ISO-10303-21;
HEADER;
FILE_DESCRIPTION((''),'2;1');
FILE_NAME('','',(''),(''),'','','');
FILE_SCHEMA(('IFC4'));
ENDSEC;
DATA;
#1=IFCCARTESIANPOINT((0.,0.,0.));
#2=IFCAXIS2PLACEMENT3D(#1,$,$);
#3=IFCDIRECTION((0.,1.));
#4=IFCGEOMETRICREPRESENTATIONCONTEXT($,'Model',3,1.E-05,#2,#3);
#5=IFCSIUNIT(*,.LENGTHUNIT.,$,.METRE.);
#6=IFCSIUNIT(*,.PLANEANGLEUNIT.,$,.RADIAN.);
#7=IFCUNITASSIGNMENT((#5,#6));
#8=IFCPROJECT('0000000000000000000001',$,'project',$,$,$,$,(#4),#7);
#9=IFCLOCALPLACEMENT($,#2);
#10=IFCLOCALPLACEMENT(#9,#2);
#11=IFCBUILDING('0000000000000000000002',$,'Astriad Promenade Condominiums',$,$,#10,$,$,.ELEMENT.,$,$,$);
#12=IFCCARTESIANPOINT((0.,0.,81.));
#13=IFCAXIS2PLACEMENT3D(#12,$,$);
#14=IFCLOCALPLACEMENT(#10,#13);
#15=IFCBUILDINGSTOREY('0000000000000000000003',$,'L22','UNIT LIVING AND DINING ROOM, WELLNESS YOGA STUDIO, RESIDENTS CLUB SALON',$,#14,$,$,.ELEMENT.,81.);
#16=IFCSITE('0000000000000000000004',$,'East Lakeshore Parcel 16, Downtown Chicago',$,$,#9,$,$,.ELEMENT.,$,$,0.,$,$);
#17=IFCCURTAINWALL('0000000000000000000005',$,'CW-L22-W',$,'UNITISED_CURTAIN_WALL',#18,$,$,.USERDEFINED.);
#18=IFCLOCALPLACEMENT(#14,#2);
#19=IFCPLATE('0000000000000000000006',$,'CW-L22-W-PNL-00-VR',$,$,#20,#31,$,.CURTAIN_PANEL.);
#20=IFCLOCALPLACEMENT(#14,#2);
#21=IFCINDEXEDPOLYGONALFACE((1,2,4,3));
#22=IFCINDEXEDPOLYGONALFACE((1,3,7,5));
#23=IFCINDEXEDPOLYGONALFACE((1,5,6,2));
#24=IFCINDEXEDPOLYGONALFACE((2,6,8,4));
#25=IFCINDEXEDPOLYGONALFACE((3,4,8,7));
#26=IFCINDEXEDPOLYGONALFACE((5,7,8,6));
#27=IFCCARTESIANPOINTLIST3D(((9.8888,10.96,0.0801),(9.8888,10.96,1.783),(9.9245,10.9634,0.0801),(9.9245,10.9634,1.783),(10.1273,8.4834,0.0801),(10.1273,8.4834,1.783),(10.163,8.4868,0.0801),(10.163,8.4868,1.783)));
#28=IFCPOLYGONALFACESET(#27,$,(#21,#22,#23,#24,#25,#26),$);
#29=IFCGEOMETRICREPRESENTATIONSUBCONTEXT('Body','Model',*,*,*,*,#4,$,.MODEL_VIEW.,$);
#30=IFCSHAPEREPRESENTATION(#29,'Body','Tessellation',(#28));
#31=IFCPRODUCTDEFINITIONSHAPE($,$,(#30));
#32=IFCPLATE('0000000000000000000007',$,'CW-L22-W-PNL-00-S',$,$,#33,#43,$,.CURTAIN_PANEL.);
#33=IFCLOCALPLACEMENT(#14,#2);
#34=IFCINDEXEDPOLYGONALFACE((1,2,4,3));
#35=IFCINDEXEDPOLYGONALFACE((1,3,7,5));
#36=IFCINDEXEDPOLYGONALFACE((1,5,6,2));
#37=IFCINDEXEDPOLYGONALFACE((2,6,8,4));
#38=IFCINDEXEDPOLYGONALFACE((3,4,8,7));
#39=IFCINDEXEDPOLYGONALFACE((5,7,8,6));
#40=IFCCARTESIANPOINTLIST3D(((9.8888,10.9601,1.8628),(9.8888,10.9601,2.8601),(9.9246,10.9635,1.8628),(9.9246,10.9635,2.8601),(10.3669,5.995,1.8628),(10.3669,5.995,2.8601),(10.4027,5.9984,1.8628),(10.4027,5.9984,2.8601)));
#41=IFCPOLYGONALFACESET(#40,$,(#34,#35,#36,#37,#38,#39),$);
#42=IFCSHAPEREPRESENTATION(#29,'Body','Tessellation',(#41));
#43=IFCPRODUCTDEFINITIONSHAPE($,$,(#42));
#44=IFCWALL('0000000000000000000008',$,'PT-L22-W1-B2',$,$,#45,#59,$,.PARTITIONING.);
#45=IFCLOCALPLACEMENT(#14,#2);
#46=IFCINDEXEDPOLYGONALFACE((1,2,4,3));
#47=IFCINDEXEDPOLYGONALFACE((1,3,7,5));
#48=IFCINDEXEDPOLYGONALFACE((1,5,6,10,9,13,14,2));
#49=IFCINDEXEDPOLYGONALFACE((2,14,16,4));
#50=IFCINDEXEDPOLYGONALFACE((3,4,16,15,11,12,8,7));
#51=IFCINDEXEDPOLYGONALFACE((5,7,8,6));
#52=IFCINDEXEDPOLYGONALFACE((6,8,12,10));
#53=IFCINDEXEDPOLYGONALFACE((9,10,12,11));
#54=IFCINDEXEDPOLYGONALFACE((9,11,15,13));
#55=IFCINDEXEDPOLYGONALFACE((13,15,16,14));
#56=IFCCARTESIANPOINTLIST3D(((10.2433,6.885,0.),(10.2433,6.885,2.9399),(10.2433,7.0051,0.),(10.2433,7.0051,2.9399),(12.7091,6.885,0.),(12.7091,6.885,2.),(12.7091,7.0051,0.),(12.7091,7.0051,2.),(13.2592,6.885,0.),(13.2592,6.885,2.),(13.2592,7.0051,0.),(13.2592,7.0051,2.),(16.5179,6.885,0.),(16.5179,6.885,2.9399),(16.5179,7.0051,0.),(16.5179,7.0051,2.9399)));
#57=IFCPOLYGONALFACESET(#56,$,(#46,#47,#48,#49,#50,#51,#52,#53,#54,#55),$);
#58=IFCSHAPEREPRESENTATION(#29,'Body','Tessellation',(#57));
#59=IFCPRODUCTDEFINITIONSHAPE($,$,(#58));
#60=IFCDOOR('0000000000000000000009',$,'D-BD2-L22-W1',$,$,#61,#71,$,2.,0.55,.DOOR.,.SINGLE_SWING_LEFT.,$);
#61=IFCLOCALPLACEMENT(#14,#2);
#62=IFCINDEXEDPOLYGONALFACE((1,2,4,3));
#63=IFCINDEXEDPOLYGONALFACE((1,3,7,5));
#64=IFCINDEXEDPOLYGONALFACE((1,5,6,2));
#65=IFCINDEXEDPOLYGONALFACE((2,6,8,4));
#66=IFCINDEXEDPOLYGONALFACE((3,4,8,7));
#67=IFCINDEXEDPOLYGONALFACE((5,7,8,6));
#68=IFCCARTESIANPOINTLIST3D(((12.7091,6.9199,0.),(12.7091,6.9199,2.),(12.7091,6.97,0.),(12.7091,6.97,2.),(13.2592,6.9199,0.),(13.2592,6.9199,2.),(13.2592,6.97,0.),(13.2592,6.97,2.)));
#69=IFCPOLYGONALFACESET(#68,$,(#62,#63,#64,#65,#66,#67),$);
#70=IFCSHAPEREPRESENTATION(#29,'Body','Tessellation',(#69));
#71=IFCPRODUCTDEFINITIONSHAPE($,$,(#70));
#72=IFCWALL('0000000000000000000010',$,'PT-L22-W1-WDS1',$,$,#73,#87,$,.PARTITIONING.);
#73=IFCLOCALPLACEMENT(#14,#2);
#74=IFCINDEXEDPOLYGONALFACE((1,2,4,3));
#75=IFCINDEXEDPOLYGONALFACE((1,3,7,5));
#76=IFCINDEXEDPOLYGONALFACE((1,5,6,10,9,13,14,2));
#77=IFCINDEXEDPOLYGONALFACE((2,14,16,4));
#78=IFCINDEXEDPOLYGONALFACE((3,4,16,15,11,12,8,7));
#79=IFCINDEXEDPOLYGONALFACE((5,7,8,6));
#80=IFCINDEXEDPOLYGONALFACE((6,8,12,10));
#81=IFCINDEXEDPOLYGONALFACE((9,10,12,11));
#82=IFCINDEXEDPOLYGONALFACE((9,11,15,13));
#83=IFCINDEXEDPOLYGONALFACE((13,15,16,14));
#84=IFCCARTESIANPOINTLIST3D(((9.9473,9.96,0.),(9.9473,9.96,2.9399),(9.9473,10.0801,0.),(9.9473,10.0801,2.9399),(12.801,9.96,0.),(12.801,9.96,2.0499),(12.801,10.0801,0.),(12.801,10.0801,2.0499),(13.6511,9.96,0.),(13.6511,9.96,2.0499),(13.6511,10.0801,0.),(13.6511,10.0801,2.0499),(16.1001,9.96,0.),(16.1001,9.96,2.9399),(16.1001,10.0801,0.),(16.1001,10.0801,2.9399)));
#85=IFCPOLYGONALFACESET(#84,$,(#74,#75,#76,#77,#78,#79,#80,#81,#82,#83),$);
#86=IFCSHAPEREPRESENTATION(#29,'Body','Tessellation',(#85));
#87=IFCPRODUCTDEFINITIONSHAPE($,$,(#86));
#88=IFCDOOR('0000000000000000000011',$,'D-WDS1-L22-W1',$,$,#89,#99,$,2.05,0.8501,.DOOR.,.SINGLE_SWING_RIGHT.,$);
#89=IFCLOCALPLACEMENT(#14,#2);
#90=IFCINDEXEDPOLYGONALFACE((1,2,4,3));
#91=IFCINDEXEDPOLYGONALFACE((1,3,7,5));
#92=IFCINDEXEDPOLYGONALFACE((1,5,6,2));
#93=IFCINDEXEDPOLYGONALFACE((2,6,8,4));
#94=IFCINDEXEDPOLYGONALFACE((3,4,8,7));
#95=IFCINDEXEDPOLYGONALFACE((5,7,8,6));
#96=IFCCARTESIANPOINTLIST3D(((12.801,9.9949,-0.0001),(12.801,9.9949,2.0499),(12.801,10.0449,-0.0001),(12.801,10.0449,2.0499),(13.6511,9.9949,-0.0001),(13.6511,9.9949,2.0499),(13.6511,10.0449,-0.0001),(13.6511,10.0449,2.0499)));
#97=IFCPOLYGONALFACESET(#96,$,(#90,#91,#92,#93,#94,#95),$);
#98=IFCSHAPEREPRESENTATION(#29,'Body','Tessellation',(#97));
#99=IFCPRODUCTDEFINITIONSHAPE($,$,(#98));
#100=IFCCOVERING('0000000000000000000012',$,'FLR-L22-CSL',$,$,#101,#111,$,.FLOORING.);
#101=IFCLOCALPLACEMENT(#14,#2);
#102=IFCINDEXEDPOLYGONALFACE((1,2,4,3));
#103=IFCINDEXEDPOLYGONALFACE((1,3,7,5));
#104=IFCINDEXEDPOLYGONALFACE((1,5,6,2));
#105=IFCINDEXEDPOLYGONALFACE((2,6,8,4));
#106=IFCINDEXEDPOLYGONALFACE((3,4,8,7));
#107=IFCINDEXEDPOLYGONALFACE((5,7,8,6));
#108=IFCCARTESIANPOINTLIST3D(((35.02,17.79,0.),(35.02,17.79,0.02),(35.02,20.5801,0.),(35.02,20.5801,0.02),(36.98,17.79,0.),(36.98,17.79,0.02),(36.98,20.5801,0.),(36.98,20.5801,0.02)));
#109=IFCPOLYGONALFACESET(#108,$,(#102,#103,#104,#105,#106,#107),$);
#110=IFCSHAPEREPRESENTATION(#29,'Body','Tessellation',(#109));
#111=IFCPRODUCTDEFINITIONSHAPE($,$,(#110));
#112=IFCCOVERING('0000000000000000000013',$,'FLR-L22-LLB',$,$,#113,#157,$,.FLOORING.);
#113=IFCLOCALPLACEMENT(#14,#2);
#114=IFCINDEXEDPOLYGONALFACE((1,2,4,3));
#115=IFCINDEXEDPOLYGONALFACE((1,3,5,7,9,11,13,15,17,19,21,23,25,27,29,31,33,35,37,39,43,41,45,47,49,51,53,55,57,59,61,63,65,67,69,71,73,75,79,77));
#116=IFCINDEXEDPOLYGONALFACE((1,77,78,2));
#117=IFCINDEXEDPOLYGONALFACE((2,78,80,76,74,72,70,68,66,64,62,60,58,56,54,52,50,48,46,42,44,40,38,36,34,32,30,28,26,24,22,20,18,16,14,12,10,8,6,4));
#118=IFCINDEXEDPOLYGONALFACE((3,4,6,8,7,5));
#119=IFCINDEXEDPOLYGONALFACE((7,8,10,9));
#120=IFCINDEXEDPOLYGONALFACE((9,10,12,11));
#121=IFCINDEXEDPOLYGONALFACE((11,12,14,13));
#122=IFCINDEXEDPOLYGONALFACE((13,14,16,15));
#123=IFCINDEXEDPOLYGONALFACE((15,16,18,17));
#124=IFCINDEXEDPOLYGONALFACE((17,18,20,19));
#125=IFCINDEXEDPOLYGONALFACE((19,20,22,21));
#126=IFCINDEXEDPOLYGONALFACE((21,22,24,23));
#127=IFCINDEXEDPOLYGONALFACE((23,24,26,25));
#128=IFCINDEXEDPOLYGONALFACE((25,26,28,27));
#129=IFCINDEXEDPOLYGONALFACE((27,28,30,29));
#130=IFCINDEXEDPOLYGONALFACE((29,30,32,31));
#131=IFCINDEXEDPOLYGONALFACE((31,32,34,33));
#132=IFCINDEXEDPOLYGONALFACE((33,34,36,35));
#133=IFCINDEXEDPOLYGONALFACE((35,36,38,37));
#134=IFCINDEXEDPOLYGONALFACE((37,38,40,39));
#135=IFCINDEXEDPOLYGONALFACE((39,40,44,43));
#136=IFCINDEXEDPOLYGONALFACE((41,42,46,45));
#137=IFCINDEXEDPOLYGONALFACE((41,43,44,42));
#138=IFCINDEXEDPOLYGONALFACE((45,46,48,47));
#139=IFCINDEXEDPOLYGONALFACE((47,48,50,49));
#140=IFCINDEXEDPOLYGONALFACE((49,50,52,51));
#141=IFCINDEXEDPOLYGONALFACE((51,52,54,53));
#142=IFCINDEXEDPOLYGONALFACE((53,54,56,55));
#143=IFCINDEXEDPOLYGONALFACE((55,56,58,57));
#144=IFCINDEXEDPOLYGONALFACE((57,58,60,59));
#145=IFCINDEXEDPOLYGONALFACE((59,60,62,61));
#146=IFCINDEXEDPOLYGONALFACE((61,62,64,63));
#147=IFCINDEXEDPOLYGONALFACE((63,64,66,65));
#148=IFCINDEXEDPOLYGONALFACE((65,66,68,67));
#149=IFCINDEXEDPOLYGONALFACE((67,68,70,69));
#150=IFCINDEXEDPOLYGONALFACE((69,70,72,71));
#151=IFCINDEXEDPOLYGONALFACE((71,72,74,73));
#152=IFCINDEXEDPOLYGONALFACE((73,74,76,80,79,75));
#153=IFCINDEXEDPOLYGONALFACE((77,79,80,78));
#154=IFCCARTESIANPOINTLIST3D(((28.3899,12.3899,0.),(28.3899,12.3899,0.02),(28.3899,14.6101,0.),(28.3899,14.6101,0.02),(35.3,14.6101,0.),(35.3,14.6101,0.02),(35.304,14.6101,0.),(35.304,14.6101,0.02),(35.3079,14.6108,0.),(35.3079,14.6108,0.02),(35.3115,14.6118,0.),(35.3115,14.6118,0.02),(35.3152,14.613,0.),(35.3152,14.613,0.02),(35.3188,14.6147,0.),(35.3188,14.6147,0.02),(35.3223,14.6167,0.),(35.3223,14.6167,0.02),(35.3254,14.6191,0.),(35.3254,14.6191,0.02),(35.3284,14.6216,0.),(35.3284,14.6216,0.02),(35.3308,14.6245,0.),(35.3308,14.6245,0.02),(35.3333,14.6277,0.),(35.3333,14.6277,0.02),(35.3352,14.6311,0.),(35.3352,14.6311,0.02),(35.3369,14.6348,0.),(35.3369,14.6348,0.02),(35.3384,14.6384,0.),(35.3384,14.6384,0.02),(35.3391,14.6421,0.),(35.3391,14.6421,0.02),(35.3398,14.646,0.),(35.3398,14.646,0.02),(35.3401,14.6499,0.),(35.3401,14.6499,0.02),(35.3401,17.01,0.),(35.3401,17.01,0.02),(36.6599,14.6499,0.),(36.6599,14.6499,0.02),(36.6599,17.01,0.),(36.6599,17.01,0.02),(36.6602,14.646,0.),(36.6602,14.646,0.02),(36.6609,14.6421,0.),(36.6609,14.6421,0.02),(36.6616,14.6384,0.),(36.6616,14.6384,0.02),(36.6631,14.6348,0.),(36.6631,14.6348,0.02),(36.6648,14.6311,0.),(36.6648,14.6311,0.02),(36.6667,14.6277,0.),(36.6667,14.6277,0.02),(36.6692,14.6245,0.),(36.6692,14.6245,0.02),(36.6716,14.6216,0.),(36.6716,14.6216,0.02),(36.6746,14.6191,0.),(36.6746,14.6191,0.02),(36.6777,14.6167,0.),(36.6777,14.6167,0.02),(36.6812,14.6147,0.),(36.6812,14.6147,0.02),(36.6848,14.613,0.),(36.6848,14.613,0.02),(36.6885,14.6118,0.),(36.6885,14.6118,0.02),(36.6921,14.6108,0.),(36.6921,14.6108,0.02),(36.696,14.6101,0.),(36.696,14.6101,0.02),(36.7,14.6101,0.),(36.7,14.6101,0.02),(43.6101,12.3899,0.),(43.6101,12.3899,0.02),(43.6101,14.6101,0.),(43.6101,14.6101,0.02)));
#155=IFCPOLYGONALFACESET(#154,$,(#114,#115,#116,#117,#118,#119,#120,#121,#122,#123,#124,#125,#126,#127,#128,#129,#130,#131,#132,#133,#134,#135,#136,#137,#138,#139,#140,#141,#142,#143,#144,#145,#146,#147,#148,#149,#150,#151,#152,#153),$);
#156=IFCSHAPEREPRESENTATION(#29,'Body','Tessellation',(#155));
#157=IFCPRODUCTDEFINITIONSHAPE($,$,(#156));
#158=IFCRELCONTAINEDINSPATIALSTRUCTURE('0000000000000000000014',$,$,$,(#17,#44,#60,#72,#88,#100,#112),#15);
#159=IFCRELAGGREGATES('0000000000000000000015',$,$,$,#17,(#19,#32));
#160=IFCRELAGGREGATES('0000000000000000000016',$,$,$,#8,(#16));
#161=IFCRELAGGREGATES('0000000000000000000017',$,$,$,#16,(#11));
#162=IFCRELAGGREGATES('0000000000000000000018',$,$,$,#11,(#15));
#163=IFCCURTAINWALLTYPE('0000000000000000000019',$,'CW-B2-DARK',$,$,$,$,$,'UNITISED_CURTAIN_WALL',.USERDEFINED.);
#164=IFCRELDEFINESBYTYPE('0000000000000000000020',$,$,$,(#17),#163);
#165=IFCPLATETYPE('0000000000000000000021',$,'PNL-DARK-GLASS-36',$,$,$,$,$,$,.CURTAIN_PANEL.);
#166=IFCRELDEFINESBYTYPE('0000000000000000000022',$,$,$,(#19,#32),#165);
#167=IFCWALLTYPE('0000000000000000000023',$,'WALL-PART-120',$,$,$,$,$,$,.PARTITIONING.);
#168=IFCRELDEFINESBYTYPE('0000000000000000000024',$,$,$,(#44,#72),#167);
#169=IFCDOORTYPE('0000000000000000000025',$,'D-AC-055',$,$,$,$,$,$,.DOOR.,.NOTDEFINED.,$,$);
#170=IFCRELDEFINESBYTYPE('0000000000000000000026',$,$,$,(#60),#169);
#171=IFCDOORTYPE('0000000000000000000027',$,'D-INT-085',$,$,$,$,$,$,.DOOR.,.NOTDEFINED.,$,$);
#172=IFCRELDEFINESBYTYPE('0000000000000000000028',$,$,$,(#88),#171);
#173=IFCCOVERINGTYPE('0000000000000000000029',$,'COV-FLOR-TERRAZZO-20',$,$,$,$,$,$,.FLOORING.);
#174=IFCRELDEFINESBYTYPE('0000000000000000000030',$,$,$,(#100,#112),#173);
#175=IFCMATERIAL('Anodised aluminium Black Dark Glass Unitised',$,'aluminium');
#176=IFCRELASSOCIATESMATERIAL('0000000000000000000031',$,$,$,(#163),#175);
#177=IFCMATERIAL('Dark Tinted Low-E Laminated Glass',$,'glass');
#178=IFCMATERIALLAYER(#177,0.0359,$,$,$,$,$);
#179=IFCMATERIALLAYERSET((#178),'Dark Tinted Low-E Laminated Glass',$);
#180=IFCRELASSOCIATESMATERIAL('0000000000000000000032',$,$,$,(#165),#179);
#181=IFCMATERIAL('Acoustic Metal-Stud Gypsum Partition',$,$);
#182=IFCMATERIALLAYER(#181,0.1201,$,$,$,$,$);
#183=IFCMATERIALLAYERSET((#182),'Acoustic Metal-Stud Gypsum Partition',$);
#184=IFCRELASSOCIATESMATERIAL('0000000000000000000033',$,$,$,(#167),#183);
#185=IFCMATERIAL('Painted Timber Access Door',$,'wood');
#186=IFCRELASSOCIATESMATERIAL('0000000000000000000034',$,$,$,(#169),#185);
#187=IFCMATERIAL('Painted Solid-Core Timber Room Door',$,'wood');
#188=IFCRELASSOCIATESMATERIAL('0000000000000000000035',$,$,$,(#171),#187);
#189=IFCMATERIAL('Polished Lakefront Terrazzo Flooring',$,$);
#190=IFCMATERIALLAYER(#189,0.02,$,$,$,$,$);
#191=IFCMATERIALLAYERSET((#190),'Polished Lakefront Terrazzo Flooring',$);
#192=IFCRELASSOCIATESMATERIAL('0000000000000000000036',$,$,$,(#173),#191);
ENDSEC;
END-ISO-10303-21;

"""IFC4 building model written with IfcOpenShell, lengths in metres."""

from ifc_helpers import new_model, si_unit, direction, frame, frame_2d, origin, origin_2d, place, context, subcontext, project, spatial, polyline, rectangle, outline, extrude, source, transform, mapped, material, layer, layer_set, type_object, type_shapes, element, fill, aggregate, save


model = new_model("IFC4")

# Units and contexts
model_context = context("Model", 3, precision=1e-05, world=origin(), true_north=direction((0.0, 1.0)))
body_context = subcontext(model_context, "Body", "Model", "MODEL_VIEW")
ifc_project = project(units=[si_unit("LENGTHUNIT", "METRE"), si_unit("PLANEANGLEUNIT", "RADIAN")], contexts=[model_context])

# Site, building, storey
site_placement = place(None, origin())
site = spatial("IfcSite", under=ifc_project, at=site_placement, Name="East Lakeshore Parcel 16, Downtown Chicago", CompositionType="ELEMENT", RefElevation=0.0)
building_placement = place(site_placement, origin())
building = spatial("IfcBuilding", under=site, at=building_placement, Name="Astriad Promenade Condominiums", CompositionType="ELEMENT")
storey_placement = place(building_placement, frame((0.0, 0.0, 81.0)))
storey = spatial("IfcBuildingStorey", under=building, at=storey_placement, Name="L22", Description="UNIT LIVING AND DINING ROOM, WELLNESS YOGA STUDIO, RESIDENTS CLUB SALON", CompositionType="ELEMENT", Elevation=81.0)

# Curtain wall
ifc_material_1 = material(Name="Anodised aluminium Black Dark Glass Unitised", Category="aluminium")
curtain_wall_type = type_object("IfcCurtainWallType", Name="CW-B2-DARK", ElementType="UNITISED_CURTAIN_WALL", PredefinedType="USERDEFINED", material=ifc_material_1)
curtain_wall_placement = place(storey_placement, origin())
curtain_wall = element("IfcCurtainWall", 1, at=curtain_wall_placement, inside=storey, type_object=curtain_wall_type, Name="CW-L22-W", ObjectType="UNITISED_CURTAIN_WALL", PredefinedType="USERDEFINED")

# Plates
ifc_material_2 = material(Name="Dark Tinted Low-E Laminated Glass", Category="glass")
ifc_layer_1 = layer(ifc_material_2, 0.0359)
ifc_layer_set_1 = layer_set([ifc_layer_1], Name="Dark Tinted Low-E Laminated Glass")
plate_type = type_object("IfcPlateType", Name="PNL-DARK-GLASS-36", PredefinedType="CURTAIN_PANEL", material=ifc_layer_set_1)
shared_shape_1 = source(origin(), body_context, "Body", "SweptSolid", [
    extrude(rectangle(XDim=2.488, YDim=0.0359, at=origin_2d()), origin(), (0.0, 0.0, 1.0), 1.7029),
])
plate_1_placement = place(storey_placement, frame((10.0259, 9.7234, 0.0801), z_axis=(0.0, 0.0, 1.0), x_axis=(-0.095846, 0.995396, 0.0)))
plate_1 = element("IfcPlate", 2, at=plate_1_placement, type_object=plate_type, Name="CW-L22-W-PNL-00-VR", PredefinedType="CURTAIN_PANEL", context=body_context, shape_type="MappedRepresentation", body=[
    mapped(shared_shape_1, transform((0.0, 0.0, 0.0), scale=1.0)),
])
shared_shape_2 = source(origin(), body_context, "Body", "SweptSolid", [
    extrude(rectangle(XDim=4.988, YDim=0.0359, at=origin_2d()), origin(), (0.0, 0.0, 1.0), 0.9973),
])
type_shapes(plate_type, [shared_shape_1, shared_shape_2])
plate_2_placement = place(storey_placement, frame((10.1458, 8.4792, 1.8628), z_axis=(0.0, 0.0, 1.0), x_axis=(-0.095846, 0.995396, 0.0)))
plate_2 = element("IfcPlate", 3, at=plate_2_placement, type_object=plate_type, Name="CW-L22-W-PNL-00-S", PredefinedType="CURTAIN_PANEL", context=body_context, shape_type="MappedRepresentation", body=[
    mapped(shared_shape_2, transform((0.0, 0.0, 0.0), scale=1.0)),
])
aggregate(curtain_wall, [plate_1, plate_2])

# Walls, openings, doors
ifc_material_3 = material(Name="Acoustic Metal-Stud Gypsum Partition")
ifc_layer_2 = layer(ifc_material_3, 0.1201)
ifc_layer_set_2 = layer_set([ifc_layer_2], Name="Acoustic Metal-Stud Gypsum Partition")
wall_type = type_object("IfcWallType", Name="WALL-PART-120", PredefinedType="PARTITIONING", material=ifc_layer_set_2)
wall_1_placement = place(storey_placement, frame((10.2434, 6.9451, 0.0), z_axis=(0.0, 0.0, 1.0), x_axis=(1.0, 0.0, 0.0)))
wall_1 = element("IfcWall", 4, at=wall_1_placement, inside=storey, type_object=wall_type, Name="PT-L22-W1-B2", PredefinedType="PARTITIONING", context=body_context, shape_type="SweptSolid", body=[
    extrude(rectangle(XDim=6.2747, YDim=0.1201, at=frame_2d((3.1372, 0.0))), origin(), (0.0, 0.0, 1.0), 2.9399),
])
opening_1_placement = place(wall_1_placement, frame((2.4658, 0.0, 0.0)))
opening_1 = element("IfcOpeningElement", 5, at=opening_1_placement, cuts=wall_1, PredefinedType="OPENING", context=body_context, shape_type="SweptSolid", body=[
    extrude(rectangle(XDim=0.55, YDim=2.0, at=frame_2d((0.2749, 1.0))), frame((0.0, 0.0701, 0.0), z_axis=(0.0, -1.0, 0.0), x_axis=(1.0, 0.0, 0.0)), (0.0, 0.0, 1.0), 0.1401),
])
ifc_material_4 = material(Name="Painted Timber Access Door", Category="wood")
door_type_1 = type_object("IfcDoorType", Name="D-AC-055", OperationType="NOTDEFINED", PredefinedType="DOOR", material=ifc_material_4)
shared_shape_3 = source(origin(), body_context, "Body", "SweptSolid", [
    extrude(rectangle(XDim=0.55, YDim=2.0, at=frame_2d((0.2749, 1.0))), frame((0.0, 0.0249, 0.0), z_axis=(0.0, -1.0, 0.0), x_axis=(1.0, 0.0, 0.0)), (0.0, 0.0, 1.0), 0.05),
])
type_shapes(door_type_1, [shared_shape_3])
door_1_placement = place(opening_1_placement, origin())
door_1 = element("IfcDoor", 6, at=door_1_placement, inside=storey, type_object=door_type_1, Name="D-BD2-L22-W1", OperationType="SINGLE_SWING_LEFT", OverallHeight=2.0, OverallWidth=0.55, PredefinedType="DOOR", context=body_context, shape_type="MappedRepresentation", body=[
    mapped(shared_shape_3, transform((0.0, 0.0, 0.0), scale=1.0)),
])
fill(opening_1, door_1)
wall_2_placement = place(storey_placement, frame((9.9473, 10.02, 0.0), z_axis=(0.0, 0.0, 1.0), x_axis=(1.0, 0.0, 0.0)))
wall_2 = element("IfcWall", 7, at=wall_2_placement, inside=storey, type_object=wall_type, Name="PT-L22-W1-WDS1", PredefinedType="PARTITIONING", context=body_context, shape_type="SweptSolid", body=[
    extrude(rectangle(XDim=6.1528, YDim=0.1201, at=frame_2d((3.0764, 0.0))), origin(), (0.0, 0.0, 1.0), 2.9399),
])
opening_2_placement = place(wall_2_placement, frame((2.8538, 0.0, 0.0)))
opening_2 = element("IfcOpeningElement", 8, at=opening_2_placement, cuts=wall_2, PredefinedType="OPENING", context=body_context, shape_type="SweptSolid", body=[
    extrude(rectangle(XDim=0.8501, YDim=2.05, at=frame_2d((0.425, 1.0249))), frame((0.0, 0.0701, 0.0), z_axis=(0.0, -1.0, 0.0), x_axis=(1.0, 0.0, 0.0)), (0.0, 0.0, 1.0), 0.1401),
])
ifc_material_5 = material(Name="Painted Solid-Core Timber Room Door", Category="wood")
door_type_2 = type_object("IfcDoorType", Name="D-INT-085", OperationType="NOTDEFINED", PredefinedType="DOOR", material=ifc_material_5)
shared_shape_4 = source(origin(), body_context, "Body", "SweptSolid", [
    extrude(rectangle(XDim=0.8501, YDim=2.05, at=frame_2d((0.425, 1.0249))), frame((0.0, 0.0249, 0.0), z_axis=(0.0, -1.0, 0.0), x_axis=(1.0, 0.0, 0.0)), (0.0, 0.0, 1.0), 0.05),
])
type_shapes(door_type_2, [shared_shape_4])
door_2_placement = place(opening_2_placement, origin())
door_2 = element("IfcDoor", 9, at=door_2_placement, inside=storey, type_object=door_type_2, Name="D-WDS1-L22-W1", OperationType="SINGLE_SWING_RIGHT", OverallHeight=2.05, OverallWidth=0.8501, PredefinedType="DOOR", context=body_context, shape_type="MappedRepresentation", body=[
    mapped(shared_shape_4, transform((0.0, 0.0, 0.0), scale=1.0)),
])
fill(opening_2, door_2)

# Coverings
ifc_material_6 = material(Name="Polished Lakefront Terrazzo Flooring")
ifc_layer_3 = layer(ifc_material_6, 0.02)
ifc_layer_set_3 = layer_set([ifc_layer_3], Name="Polished Lakefront Terrazzo Flooring")
covering_type = type_object("IfcCoveringType", Name="COV-FLOR-TERRAZZO-20", PredefinedType="FLOORING", material=ifc_layer_set_3)
covering_1_placement = place(storey_placement, origin())
element("IfcCovering", 10, at=covering_1_placement, inside=storey, type_object=covering_type, Name="FLR-L22-CSL", PredefinedType="FLOORING", context=body_context, shape_type="SweptSolid", body=[
    extrude(outline(polyline([(36.98, 17.79), (35.02, 17.79), (35.02, 20.5801), (36.98, 20.5801), (36.98, 17.79)])), origin(), (0.0, 0.0, 1.0), 0.02),
])
covering_2_placement = place(storey_placement, origin())
element("IfcCovering", 11, at=covering_2_placement, inside=storey, type_object=covering_type, Name="FLR-L22-LLB", PredefinedType="FLOORING", context=body_context, shape_type="SweptSolid", body=[
    extrude(outline(polyline([(43.6101, 14.6101), (43.6101, 12.3899), (28.3899, 12.3899), (28.3899, 14.6101), (35.3, 14.6101), (35.304, 14.6101), (35.3079, 14.6108), (35.3115, 14.6118), (35.3152, 14.613), (35.3188, 14.6147), (35.3223, 14.6167), (35.3254, 14.6191), (35.3284, 14.6216), (35.3308, 14.6245), (35.3333, 14.6277), (35.3352, 14.6311), (35.3369, 14.6348), (35.3384, 14.6384), (35.3391, 14.6421), (35.3398, 14.646), (35.3401, 14.6499), (35.3401, 17.01), (36.6599, 17.01), (36.6599, 14.6499), (36.6602, 14.646), (36.6609, 14.6421), (36.6616, 14.6384), (36.6631, 14.6348), (36.6648, 14.6311), (36.6667, 14.6277), (36.6692, 14.6245), (36.6716, 14.6216), (36.6746, 14.6191), (36.6777, 14.6167), (36.6812, 14.6147), (36.6848, 14.613), (36.6885, 14.6118), (36.6921, 14.6108), (36.696, 14.6101), (36.7, 14.6101), (43.6101, 14.6101)])), origin(), (0.0, 0.0, 1.0), 0.02),
])

save(model, "model.ifc")
